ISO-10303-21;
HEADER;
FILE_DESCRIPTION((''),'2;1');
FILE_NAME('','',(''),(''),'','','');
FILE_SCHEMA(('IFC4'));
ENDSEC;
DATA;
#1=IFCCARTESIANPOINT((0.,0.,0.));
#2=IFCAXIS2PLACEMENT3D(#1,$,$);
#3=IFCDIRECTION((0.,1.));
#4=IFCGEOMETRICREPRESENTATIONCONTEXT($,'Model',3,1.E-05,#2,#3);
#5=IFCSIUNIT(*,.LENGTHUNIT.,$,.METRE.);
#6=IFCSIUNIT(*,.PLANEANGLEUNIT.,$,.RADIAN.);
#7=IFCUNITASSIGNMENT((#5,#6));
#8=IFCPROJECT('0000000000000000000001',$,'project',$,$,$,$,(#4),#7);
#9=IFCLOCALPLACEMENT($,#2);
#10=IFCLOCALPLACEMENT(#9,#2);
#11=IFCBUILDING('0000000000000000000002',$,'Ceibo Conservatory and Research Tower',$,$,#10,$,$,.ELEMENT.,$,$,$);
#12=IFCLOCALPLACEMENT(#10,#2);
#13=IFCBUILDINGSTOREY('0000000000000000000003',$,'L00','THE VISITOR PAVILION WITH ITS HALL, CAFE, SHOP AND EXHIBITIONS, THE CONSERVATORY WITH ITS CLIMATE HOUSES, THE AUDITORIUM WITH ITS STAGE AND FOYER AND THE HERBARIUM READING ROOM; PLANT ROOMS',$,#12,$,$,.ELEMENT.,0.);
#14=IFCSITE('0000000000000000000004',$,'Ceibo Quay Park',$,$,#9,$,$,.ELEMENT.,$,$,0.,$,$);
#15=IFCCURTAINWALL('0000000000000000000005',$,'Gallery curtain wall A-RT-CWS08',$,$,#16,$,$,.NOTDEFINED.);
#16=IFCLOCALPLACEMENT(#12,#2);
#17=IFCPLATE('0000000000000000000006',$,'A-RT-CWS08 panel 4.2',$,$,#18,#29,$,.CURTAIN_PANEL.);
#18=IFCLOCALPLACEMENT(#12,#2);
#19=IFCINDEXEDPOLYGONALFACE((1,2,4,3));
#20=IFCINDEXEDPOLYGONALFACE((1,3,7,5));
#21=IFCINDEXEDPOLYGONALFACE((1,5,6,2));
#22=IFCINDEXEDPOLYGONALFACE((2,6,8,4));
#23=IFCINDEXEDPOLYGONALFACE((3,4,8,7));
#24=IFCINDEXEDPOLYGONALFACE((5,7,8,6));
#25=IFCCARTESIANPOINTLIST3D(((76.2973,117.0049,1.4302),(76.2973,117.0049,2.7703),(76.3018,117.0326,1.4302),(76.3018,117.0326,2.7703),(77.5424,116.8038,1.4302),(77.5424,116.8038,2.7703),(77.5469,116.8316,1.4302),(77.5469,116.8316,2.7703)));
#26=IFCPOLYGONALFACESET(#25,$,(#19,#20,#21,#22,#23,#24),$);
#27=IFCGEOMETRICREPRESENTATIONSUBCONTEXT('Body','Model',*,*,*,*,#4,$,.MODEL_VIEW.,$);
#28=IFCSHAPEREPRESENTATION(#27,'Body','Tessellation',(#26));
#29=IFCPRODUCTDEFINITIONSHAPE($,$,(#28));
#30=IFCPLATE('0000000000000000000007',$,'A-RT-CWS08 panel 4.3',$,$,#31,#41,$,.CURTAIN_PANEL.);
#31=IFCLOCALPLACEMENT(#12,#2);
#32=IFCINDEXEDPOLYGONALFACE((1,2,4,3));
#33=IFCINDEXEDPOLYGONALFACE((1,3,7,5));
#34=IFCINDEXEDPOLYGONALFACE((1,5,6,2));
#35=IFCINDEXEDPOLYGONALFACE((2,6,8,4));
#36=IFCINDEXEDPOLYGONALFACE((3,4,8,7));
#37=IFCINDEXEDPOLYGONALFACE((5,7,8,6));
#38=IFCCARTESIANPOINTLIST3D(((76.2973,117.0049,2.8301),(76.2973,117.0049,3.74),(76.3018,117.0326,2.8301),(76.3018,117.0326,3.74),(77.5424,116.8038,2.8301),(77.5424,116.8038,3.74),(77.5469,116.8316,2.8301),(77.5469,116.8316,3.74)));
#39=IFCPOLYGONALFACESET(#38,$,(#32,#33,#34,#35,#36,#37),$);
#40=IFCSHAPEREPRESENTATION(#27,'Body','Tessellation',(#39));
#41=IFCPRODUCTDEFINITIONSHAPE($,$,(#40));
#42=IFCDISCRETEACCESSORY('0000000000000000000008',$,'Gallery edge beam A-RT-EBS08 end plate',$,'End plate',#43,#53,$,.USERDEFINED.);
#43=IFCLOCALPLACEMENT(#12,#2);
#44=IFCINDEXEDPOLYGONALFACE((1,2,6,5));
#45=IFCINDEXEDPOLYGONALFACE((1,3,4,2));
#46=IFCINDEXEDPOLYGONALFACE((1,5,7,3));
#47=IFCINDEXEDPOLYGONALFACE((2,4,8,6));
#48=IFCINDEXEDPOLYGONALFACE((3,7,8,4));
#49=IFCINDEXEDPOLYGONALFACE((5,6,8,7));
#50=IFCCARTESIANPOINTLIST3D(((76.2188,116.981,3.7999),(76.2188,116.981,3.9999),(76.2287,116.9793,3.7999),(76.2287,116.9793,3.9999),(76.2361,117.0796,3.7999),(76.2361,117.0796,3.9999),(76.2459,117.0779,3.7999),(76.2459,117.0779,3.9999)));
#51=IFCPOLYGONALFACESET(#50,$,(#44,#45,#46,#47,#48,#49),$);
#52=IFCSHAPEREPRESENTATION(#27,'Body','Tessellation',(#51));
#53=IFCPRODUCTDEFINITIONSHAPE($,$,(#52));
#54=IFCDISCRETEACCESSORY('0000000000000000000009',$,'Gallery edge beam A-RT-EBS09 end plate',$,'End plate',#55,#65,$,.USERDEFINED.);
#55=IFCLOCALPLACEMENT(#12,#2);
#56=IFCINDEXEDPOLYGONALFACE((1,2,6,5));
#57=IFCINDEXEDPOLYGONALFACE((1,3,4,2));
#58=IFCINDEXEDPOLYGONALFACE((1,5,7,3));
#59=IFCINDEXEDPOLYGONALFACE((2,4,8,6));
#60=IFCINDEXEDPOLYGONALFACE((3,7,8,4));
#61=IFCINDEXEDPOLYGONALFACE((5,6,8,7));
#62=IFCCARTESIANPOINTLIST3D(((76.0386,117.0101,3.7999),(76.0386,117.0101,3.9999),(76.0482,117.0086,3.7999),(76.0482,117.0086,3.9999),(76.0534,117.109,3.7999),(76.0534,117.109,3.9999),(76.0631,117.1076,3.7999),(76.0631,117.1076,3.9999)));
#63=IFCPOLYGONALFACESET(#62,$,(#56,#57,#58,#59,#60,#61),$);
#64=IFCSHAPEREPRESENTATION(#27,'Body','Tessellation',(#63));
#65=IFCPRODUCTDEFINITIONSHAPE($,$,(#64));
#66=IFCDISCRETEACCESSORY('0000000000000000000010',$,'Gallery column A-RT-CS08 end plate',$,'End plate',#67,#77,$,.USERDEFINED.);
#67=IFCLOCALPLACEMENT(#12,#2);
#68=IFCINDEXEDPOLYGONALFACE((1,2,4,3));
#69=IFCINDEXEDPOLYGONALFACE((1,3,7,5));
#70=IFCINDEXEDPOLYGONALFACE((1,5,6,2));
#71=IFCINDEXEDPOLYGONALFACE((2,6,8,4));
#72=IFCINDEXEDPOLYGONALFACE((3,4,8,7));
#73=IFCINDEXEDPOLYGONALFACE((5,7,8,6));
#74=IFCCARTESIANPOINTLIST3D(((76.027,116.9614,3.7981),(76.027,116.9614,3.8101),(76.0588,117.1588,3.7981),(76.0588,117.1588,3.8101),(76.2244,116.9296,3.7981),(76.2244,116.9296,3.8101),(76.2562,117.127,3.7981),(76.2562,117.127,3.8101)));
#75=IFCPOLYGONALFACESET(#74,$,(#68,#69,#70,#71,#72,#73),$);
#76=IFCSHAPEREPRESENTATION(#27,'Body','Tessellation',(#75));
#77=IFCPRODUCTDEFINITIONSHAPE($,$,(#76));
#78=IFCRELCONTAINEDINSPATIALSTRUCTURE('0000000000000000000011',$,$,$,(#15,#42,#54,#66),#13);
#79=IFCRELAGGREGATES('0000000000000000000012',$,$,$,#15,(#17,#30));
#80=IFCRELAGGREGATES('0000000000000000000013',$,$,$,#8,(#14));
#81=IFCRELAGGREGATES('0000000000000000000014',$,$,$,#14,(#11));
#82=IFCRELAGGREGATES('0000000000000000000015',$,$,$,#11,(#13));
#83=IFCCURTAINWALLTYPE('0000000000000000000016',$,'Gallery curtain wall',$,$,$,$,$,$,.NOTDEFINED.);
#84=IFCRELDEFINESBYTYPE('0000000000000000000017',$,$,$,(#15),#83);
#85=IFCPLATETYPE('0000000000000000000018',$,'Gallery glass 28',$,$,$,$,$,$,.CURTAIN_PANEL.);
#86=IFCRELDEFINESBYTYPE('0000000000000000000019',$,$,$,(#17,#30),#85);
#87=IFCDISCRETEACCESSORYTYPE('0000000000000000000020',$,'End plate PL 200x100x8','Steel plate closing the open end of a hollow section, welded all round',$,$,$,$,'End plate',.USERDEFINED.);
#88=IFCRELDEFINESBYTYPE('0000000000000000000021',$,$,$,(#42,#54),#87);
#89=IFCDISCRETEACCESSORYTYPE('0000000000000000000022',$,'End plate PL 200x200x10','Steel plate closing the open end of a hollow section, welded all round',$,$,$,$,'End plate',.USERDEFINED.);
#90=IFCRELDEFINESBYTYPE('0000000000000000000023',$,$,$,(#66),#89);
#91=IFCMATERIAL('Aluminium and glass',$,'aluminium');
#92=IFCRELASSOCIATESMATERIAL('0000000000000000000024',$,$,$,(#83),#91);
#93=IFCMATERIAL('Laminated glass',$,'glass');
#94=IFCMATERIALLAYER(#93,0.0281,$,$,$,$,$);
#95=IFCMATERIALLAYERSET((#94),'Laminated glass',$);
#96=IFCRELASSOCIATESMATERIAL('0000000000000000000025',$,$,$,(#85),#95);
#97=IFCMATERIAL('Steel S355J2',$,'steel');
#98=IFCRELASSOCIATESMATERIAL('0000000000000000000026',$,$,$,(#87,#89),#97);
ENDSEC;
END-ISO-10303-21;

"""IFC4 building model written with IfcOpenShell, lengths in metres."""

from ifc_helpers import new_model, si_unit, direction, frame, origin, origin_2d, place, context, subcontext, project, spatial, rectangle, extrude, material, layer, layer_set, material_profile, profile_set, type_object, element, aggregate, save


model = new_model("IFC4")

# Units and contexts
model_context = context("Model", 3, precision=1e-05, world=origin(), true_north=direction((0.0, 1.0)))
body_context = subcontext(model_context, "Body", "Model", "MODEL_VIEW")
ifc_project = project(units=[si_unit("LENGTHUNIT", "METRE"), si_unit("PLANEANGLEUNIT", "RADIAN")], contexts=[model_context])

# Site, building, storey
site_placement = place(None, origin())
site = spatial("IfcSite", under=ifc_project, at=site_placement, Name="Ceibo Quay Park", CompositionType="ELEMENT", RefElevation=0.0)
building_placement = place(site_placement, origin())
building = spatial("IfcBuilding", under=site, at=building_placement, Name="Ceibo Conservatory and Research Tower", CompositionType="ELEMENT")
storey_placement = place(building_placement, origin())
storey = spatial("IfcBuildingStorey", under=building, at=storey_placement, Name="L00", Description="THE VISITOR PAVILION WITH ITS HALL, CAFE, SHOP AND EXHIBITIONS, THE CONSERVATORY WITH ITS CLIMATE HOUSES, THE AUDITORIUM WITH ITS STAGE AND FOYER AND THE HERBARIUM READING ROOM; PLANT ROOMS", CompositionType="ELEMENT", Elevation=0.0)

# Curtain wall
ifc_material_1 = material(Name="Aluminium and glass", Category="aluminium")
curtain_wall_type = type_object("IfcCurtainWallType", Name="Gallery curtain wall", PredefinedType="NOTDEFINED", material=ifc_material_1)
curtain_wall_placement = place(storey_placement, origin())
curtain_wall = element("IfcCurtainWall", 1, at=curtain_wall_placement, inside=storey, type_object=curtain_wall_type, Name="Gallery curtain wall A-RT-CWS08", PredefinedType="NOTDEFINED")

# Plates
ifc_material_2 = material(Name="Laminated glass", Category="glass")
ifc_layer = layer(ifc_material_2, 0.0281)
ifc_layer_set = layer_set([ifc_layer], Name="Laminated glass")
plate_type = type_object("IfcPlateType", Name="Gallery glass 28", PredefinedType="CURTAIN_PANEL", material=ifc_layer_set)
plate_1_placement = place(storey_placement, frame((76.9221, 116.9182, 1.4302), z_axis=(0.0, 0.0, 1.0), x_axis=(-0.987216, 0.159391, 0.0)))
plate_1 = element("IfcPlate", 2, at=plate_1_placement, type_object=plate_type, Name="A-RT-CWS08 panel 4.2", PredefinedType="CURTAIN_PANEL", context=body_context, shape_type="SweptSolid", body=[
    extrude(rectangle(XDim=1.2612, YDim=0.0281, at=origin_2d()), origin(), (0.0, 0.0, 1.0), 1.3401),
])
plate_2_placement = place(storey_placement, frame((76.9221, 116.9182, 2.8301), z_axis=(0.0, 0.0, 1.0), x_axis=(-0.987216, 0.159391, 0.0)))
plate_2 = element("IfcPlate", 3, at=plate_2_placement, type_object=plate_type, Name="A-RT-CWS08 panel 4.3", PredefinedType="CURTAIN_PANEL", context=body_context, shape_type="SweptSolid", body=[
    extrude(rectangle(XDim=1.2612, YDim=0.0281, at=origin_2d()), origin(), (0.0, 0.0, 1.0), 0.9099),
])
aggregate(curtain_wall, [plate_1, plate_2])

# Discrete accessories
ifc_material_3 = material(Name="Steel S355J2", Category="steel")
ifc_material_profile_1 = material_profile(ifc_material_3, rectangle(XDim=0.1001, YDim=0.2, at=origin_2d()), Name="End plate PL 200x100x8")
ifc_profile_set_1 = profile_set([ifc_material_profile_1], Name="Steel S355J2")
discrete_accessory_type_1 = type_object("IfcDiscreteAccessoryType", Name="End plate PL 200x100x8", Description="Steel plate closing the open end of a hollow section, welded all round", ElementType="End plate", PredefinedType="USERDEFINED", material=ifc_profile_set_1)
discrete_accessory_1_placement = place(storey_placement, frame((76.2373, 117.0286, 3.8999), z_axis=(-0.98503, 0.17238, 0.0), x_axis=(-0.17238, -0.98503, 0.0)))
element("IfcDiscreteAccessory", 4, at=discrete_accessory_1_placement, inside=storey, type_object=discrete_accessory_type_1, Name="Gallery edge beam A-RT-EBS08 end plate", ObjectType="End plate", PredefinedType="USERDEFINED", context=body_context, shape_type="SweptSolid", body=[
    extrude(rectangle(XDim=0.1001, YDim=0.2, at=origin_2d()), origin(), (0.0, 0.0, 1.0), 0.01),
])
discrete_accessory_2_placement = place(storey_placement, frame((76.0557, 117.0581, 3.8999), z_axis=(-0.988936, 0.14834, 0.0), x_axis=(-0.14834, -0.988936, 0.0)))
element("IfcDiscreteAccessory", 5, at=discrete_accessory_2_placement, inside=storey, type_object=discrete_accessory_type_1, Name="Gallery edge beam A-RT-EBS09 end plate", ObjectType="End plate", PredefinedType="USERDEFINED", context=body_context, shape_type="SweptSolid", body=[
    extrude(rectangle(XDim=0.1001, YDim=0.2, at=origin_2d()), origin(), (0.0, 0.0, 1.0), 0.0098),
])
ifc_material_profile_2 = material_profile(ifc_material_3, rectangle(XDim=0.2, YDim=0.2, at=origin_2d()), Name="End plate PL 200x200x10")
ifc_profile_set_2 = profile_set([ifc_material_profile_2], Name="Steel S355J2")
discrete_accessory_type_2 = type_object("IfcDiscreteAccessoryType", Name="End plate PL 200x200x10", Description="Steel plate closing the open end of a hollow section, welded all round", ElementType="End plate", PredefinedType="USERDEFINED", material=ifc_profile_set_2)
discrete_accessory_3_placement = place(storey_placement, frame((76.1416, 117.0442, 3.7981), z_axis=(0.0, 0.0, 1.0), x_axis=(-0.987216, 0.159391, 0.0)))
element("IfcDiscreteAccessory", 6, at=discrete_accessory_3_placement, inside=storey, type_object=discrete_accessory_type_2, Name="Gallery column A-RT-CS08 end plate", ObjectType="End plate", PredefinedType="USERDEFINED", context=body_context, shape_type="SweptSolid", body=[
    extrude(rectangle(XDim=0.2, YDim=0.2, at=origin_2d()), origin(), (0.0, 0.0, 1.0), 0.012),
])

save(model, "model.ifc")
